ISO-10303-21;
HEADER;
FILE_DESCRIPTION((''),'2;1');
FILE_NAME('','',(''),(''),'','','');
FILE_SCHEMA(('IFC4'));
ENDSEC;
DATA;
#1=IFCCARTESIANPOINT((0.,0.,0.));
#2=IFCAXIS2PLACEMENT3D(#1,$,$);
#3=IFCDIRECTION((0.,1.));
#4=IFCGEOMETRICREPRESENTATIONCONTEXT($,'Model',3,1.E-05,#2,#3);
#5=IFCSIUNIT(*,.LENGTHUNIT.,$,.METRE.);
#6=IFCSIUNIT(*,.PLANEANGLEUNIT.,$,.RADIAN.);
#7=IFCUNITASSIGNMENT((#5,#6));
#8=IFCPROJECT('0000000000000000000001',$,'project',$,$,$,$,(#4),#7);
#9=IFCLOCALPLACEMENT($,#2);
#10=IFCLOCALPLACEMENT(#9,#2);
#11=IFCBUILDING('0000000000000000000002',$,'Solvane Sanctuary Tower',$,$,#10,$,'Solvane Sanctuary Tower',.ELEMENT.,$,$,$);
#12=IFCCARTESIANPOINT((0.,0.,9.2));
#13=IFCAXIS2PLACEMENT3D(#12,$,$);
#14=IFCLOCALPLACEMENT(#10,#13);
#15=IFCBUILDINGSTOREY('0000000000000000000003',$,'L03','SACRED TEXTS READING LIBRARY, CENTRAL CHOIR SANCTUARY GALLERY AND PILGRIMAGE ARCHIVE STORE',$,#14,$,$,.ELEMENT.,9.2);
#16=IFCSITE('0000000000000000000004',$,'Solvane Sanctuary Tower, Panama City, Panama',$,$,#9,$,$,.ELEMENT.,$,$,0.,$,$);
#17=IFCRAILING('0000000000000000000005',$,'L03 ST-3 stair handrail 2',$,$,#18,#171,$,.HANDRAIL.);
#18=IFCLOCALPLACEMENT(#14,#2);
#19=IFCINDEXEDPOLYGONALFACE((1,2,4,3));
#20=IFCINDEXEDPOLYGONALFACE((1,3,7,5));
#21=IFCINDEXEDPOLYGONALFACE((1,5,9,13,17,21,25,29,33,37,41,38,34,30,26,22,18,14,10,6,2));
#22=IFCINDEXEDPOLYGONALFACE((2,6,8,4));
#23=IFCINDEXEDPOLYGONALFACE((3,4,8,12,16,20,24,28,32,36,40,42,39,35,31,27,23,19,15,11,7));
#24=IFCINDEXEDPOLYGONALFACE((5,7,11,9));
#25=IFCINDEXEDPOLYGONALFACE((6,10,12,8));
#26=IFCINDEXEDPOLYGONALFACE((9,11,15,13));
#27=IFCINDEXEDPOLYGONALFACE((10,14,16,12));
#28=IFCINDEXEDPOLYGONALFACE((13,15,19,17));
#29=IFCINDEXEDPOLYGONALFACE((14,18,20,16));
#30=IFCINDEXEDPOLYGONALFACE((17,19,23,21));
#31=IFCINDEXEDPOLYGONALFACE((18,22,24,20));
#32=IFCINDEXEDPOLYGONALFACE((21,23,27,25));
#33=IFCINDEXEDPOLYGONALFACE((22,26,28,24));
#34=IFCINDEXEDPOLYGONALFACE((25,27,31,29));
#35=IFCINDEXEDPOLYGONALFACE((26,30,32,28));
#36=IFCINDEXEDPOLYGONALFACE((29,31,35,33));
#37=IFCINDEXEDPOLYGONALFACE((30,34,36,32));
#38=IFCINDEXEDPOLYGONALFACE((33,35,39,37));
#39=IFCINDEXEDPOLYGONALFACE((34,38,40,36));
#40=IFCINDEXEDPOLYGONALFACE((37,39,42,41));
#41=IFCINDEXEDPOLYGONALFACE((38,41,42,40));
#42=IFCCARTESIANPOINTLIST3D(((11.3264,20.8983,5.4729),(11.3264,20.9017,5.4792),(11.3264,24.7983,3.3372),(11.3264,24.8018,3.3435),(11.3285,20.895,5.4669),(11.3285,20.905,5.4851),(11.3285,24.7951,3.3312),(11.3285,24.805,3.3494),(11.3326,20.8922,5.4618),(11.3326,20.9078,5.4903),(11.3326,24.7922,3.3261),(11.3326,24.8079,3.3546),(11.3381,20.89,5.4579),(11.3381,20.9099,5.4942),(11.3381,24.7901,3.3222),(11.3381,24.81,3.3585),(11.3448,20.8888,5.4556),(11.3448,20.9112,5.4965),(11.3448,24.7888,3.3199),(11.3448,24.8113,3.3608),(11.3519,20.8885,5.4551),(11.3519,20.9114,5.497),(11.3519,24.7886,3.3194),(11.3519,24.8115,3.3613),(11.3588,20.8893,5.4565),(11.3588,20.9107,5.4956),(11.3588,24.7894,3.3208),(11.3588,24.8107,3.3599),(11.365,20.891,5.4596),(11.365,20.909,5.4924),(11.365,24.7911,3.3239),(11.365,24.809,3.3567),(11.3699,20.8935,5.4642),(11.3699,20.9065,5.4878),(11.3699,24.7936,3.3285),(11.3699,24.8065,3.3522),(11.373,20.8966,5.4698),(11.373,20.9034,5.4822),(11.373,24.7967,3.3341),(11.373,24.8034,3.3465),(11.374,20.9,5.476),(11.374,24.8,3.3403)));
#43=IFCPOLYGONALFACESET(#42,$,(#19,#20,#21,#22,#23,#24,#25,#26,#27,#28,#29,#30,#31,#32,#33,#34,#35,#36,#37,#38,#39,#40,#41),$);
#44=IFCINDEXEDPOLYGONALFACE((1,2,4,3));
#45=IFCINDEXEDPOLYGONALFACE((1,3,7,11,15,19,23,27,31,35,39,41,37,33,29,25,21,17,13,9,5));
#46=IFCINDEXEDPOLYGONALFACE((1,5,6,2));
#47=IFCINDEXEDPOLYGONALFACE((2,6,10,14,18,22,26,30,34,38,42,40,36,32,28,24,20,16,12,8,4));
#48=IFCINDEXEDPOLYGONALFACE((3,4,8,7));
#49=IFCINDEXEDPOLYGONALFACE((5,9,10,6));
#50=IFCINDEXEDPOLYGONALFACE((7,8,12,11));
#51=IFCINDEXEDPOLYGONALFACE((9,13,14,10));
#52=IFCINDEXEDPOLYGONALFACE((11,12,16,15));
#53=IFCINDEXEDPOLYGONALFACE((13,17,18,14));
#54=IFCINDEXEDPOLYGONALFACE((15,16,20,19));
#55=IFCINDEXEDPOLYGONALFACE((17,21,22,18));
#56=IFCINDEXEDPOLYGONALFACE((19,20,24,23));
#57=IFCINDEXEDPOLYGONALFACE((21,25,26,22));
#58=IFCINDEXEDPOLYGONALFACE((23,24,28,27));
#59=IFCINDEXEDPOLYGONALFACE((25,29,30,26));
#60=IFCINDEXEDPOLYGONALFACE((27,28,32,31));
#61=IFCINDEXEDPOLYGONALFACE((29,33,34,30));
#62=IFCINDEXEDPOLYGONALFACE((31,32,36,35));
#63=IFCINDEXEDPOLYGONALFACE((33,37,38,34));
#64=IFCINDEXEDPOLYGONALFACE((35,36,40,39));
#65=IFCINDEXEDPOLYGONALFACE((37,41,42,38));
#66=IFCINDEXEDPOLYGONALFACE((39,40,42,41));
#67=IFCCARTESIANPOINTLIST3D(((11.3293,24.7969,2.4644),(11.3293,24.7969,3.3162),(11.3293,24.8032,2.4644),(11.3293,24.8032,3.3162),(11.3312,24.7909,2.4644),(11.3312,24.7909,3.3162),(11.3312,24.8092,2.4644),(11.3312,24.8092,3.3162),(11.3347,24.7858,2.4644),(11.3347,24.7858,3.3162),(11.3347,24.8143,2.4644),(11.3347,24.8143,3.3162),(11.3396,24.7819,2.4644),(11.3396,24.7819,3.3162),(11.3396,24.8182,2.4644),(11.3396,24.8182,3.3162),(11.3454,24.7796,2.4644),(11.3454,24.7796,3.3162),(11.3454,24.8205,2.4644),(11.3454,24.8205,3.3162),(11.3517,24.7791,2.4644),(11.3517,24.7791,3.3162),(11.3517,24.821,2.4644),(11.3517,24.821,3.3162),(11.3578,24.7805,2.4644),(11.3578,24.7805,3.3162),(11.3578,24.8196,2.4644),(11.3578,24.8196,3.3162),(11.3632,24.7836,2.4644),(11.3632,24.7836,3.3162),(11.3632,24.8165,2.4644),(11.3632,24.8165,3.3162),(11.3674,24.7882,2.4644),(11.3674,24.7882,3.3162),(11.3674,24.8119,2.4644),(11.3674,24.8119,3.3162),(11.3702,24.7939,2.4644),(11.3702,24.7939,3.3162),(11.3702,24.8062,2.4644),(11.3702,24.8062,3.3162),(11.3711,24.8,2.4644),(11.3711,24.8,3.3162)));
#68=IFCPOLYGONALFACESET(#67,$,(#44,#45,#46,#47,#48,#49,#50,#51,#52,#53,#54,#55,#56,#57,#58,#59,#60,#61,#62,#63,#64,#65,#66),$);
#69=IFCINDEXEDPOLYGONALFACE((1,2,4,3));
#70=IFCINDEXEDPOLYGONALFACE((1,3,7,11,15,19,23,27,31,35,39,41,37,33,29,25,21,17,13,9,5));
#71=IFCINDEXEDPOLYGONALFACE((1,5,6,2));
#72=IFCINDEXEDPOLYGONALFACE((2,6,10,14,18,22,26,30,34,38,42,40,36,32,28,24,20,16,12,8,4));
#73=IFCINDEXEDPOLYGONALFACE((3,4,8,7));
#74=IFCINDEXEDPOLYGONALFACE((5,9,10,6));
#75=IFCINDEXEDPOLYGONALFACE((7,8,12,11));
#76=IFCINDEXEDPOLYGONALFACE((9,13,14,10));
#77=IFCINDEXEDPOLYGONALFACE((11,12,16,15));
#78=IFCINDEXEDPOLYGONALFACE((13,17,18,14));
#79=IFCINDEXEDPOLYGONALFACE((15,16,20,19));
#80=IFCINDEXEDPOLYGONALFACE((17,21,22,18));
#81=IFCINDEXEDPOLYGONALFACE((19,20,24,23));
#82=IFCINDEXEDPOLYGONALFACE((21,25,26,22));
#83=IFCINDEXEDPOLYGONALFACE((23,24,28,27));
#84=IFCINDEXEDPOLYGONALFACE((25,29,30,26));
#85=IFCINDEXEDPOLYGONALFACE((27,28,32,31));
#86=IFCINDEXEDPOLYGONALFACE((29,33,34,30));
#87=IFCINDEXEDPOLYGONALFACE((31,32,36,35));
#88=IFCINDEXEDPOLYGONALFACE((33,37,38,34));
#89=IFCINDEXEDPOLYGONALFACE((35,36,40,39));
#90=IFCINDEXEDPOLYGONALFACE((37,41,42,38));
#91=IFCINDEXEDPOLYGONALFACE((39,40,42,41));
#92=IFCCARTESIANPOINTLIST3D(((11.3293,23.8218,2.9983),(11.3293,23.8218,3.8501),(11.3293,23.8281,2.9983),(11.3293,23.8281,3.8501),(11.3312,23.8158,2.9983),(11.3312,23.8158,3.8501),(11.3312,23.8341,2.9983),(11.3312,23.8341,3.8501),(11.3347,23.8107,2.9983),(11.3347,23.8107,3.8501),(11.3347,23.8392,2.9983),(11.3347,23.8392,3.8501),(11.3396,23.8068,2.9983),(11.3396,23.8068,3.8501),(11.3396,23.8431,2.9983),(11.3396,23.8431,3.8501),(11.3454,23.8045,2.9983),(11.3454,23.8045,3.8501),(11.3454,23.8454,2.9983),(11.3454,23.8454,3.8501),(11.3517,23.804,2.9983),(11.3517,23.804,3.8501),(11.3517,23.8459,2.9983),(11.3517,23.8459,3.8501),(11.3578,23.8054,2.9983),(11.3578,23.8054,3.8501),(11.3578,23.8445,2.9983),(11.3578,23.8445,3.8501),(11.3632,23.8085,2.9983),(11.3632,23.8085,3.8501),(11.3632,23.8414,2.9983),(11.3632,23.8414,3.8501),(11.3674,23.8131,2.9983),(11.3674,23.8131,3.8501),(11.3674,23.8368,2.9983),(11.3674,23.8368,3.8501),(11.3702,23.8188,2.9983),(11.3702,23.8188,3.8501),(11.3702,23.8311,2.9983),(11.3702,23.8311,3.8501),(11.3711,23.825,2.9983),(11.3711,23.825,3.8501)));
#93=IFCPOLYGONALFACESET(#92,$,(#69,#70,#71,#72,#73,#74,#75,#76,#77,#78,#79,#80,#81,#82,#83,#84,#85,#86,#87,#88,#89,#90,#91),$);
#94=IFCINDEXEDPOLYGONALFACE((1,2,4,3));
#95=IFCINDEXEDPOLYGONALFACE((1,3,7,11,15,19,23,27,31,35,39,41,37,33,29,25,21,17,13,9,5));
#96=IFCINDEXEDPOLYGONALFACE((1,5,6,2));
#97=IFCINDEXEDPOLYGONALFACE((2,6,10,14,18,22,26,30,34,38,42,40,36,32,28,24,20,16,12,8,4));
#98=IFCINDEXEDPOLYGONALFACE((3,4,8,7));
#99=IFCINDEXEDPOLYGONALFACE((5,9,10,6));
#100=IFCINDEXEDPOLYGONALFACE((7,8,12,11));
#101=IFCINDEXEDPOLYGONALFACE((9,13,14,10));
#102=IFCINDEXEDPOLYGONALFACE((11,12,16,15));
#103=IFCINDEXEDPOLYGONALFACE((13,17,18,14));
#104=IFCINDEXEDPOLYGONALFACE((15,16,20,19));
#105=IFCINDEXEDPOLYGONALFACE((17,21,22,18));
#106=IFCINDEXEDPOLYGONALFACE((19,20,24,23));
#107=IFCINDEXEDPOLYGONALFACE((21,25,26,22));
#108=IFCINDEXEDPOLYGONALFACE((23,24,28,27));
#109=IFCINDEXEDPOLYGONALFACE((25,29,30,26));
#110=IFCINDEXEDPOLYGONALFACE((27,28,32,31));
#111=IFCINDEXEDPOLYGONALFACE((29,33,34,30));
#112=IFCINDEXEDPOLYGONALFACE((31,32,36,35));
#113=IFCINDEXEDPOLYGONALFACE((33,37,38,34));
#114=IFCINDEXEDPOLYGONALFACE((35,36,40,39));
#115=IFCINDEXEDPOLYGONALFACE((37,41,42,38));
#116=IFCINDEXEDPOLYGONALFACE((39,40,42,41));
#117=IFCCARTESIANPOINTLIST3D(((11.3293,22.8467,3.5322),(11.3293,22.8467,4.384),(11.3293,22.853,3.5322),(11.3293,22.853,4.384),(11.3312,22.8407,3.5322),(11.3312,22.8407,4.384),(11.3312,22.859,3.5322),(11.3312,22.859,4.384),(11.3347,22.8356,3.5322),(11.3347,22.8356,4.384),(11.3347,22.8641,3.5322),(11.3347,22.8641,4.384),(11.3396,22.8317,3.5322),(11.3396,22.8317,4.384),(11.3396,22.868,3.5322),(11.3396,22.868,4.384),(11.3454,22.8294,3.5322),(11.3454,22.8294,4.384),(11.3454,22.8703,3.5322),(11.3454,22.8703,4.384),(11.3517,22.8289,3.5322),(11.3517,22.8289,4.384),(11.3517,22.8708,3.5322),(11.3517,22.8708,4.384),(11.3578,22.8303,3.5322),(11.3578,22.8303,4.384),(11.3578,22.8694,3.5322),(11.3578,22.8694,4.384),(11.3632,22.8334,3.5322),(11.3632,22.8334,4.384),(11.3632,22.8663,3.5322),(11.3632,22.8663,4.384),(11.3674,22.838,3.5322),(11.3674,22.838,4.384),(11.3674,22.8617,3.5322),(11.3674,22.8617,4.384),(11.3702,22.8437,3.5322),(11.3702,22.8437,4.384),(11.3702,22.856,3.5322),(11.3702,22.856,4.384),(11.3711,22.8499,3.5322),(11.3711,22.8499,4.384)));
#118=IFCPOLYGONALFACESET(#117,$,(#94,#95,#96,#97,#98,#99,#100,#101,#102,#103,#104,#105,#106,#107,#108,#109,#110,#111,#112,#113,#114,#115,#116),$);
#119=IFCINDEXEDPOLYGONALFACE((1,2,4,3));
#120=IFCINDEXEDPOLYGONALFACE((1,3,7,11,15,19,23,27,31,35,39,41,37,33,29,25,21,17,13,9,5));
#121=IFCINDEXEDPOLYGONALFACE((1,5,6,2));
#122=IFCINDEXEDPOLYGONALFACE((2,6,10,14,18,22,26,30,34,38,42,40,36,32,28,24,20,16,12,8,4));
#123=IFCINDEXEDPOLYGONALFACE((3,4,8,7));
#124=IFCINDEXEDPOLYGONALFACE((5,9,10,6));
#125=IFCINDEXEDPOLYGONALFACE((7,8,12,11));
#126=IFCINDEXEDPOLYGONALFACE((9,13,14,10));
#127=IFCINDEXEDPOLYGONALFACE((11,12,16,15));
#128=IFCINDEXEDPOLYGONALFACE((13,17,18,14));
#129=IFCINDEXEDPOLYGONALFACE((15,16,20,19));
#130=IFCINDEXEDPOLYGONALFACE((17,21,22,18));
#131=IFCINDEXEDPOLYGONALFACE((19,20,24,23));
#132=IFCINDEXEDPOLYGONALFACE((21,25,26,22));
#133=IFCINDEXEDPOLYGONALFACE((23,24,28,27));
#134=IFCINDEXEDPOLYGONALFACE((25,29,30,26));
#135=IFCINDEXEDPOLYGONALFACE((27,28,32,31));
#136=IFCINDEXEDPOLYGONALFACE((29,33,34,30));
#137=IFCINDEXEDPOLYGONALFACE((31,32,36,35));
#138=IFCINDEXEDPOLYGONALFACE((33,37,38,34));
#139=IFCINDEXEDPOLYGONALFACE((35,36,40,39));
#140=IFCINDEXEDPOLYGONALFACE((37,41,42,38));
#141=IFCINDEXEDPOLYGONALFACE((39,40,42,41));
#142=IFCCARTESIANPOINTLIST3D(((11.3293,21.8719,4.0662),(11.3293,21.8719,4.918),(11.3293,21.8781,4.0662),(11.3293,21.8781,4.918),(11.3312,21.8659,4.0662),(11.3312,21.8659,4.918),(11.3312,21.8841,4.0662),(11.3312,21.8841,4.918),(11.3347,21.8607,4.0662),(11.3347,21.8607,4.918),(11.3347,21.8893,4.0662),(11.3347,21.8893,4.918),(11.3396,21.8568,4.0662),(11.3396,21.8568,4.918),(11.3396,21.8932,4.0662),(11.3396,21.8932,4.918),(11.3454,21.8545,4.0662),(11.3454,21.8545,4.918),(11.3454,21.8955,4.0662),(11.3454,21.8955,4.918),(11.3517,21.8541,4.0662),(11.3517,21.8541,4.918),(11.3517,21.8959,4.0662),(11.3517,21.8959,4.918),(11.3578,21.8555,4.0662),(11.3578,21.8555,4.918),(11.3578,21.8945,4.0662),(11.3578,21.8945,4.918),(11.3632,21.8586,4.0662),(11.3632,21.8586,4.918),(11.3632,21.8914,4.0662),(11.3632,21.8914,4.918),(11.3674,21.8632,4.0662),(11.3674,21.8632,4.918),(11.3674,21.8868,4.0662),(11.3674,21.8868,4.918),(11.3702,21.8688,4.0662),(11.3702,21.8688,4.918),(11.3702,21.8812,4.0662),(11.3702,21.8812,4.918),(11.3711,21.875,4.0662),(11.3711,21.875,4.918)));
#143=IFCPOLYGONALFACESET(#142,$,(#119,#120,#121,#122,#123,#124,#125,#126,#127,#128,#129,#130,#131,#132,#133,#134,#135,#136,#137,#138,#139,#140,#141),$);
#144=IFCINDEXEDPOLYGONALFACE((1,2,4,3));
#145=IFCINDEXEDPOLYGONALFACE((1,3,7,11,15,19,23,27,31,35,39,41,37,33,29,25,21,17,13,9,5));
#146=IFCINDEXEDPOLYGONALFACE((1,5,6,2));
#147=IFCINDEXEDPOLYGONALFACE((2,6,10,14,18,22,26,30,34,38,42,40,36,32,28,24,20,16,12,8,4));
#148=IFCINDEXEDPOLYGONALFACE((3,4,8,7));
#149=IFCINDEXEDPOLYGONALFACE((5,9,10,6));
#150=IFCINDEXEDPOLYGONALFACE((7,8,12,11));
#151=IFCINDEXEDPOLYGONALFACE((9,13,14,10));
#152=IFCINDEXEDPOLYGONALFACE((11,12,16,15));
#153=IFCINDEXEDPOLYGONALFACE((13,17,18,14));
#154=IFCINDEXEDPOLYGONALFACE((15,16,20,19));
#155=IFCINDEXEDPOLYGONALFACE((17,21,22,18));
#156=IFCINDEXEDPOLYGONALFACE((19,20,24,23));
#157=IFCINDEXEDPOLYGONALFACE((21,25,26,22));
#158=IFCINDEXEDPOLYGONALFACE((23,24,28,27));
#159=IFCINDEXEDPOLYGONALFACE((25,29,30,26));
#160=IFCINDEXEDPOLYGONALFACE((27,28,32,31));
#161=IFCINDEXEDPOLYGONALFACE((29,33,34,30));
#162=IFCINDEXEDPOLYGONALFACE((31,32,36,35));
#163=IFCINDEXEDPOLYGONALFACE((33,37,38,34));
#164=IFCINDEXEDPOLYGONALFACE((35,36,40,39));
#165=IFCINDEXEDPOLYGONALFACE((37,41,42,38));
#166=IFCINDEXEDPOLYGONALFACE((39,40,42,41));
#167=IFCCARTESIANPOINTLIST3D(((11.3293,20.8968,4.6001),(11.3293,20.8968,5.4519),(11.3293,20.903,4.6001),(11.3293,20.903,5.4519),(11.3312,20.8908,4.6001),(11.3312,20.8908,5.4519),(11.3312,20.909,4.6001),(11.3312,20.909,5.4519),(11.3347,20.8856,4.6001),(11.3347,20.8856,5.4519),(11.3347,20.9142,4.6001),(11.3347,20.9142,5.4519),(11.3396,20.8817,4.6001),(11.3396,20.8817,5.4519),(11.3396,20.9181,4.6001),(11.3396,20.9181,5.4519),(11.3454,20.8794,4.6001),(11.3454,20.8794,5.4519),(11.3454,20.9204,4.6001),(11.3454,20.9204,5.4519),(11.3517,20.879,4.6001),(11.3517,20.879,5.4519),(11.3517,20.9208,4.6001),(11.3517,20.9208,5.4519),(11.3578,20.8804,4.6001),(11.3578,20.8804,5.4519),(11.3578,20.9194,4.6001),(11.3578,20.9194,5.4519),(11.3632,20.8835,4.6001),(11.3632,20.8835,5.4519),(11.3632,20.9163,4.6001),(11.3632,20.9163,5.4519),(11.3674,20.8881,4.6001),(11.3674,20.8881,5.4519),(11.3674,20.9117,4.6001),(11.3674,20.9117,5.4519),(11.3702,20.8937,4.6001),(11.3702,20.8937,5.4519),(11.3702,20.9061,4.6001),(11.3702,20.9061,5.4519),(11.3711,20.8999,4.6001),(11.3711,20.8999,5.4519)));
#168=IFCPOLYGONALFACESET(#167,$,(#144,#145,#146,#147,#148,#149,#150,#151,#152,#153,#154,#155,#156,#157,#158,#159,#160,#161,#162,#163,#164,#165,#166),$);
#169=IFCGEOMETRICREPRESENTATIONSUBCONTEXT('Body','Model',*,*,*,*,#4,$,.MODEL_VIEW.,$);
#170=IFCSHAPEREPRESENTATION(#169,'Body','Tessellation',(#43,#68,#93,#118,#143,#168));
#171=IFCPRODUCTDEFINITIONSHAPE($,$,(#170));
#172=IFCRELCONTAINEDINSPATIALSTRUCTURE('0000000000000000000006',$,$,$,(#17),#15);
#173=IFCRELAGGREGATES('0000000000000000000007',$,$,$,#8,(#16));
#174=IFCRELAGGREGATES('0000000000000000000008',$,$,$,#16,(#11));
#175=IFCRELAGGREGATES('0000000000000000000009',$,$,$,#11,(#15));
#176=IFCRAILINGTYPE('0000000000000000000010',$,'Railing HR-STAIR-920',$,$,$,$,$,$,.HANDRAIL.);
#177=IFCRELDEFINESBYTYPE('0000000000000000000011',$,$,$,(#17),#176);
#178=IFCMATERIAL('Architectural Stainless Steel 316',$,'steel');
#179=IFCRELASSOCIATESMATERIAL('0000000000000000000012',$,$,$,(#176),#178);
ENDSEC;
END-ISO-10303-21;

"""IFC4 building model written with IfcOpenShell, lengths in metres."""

from ifc_helpers import new_model, si_unit, direction, frame, origin, origin_2d, place, context, subcontext, project, spatial, circle, extrude, material, type_object, element, save


model = new_model("IFC4")

# Units and contexts
model_context = context("Model", 3, precision=1e-05, world=origin(), true_north=direction((0.0, 1.0)))
body_context = subcontext(model_context, "Body", "Model", "MODEL_VIEW")
ifc_project = project(units=[si_unit("LENGTHUNIT", "METRE"), si_unit("PLANEANGLEUNIT", "RADIAN")], contexts=[model_context])

# Site, building, storey
site_placement = place(None, origin())
site = spatial("IfcSite", under=ifc_project, at=site_placement, Name="Solvane Sanctuary Tower, Panama City, Panama", CompositionType="ELEMENT", RefElevation=0.0)
building_placement = place(site_placement, origin())
building = spatial("IfcBuilding", under=site, at=building_placement, Name="Solvane Sanctuary Tower", LongName="Solvane Sanctuary Tower", CompositionType="ELEMENT")
storey_placement = place(building_placement, frame((0.0, 0.0, 9.2)))
storey = spatial("IfcBuildingStorey", under=building, at=storey_placement, Name="L03", Description="SACRED TEXTS READING LIBRARY, CENTRAL CHOIR SANCTUARY GALLERY AND PILGRIMAGE ARCHIVE STORE", CompositionType="ELEMENT", Elevation=9.2)

# Railing
ifc_material_1 = material(Name="Architectural Stainless Steel 316", Category="steel")
railing_type_1 = type_object("IfcRailingType", Name="Railing HR-STAIR-920", PredefinedType="HANDRAIL", material=ifc_material_1)
railing_1_placement = place(storey_placement, frame((11.3501, 24.8, 2.4644)))
element("IfcRailing", 1, at=railing_1_placement, inside=storey, type_object=railing_type_1, Name="L03 ST-3 stair handrail 2", PredefinedType="HANDRAIL", context=body_context, shape_type="SweptSolid", body=[
    extrude(circle(Radius=0.0239, at=origin_2d()), frame((0.0, 0.0, 0.876), z_axis=(0.0, -0.877101, 0.480306), x_axis=(1.0, 0.0, 0.0)), (0.0, 0.0, 1.0), 4.4465),
    extrude(circle(Radius=0.021, at=origin_2d()), origin(), (0.0, 0.0, 1.0), 0.8518),
    extrude(circle(Radius=0.021, at=origin_2d()), frame((0.0, -0.9751, 0.5339)), (0.0, 0.0, 1.0), 0.8518),
    extrude(circle(Radius=0.021, at=origin_2d()), frame((0.0, -1.9502, 1.0679)), (0.0, 0.0, 1.0), 0.8518),
    extrude(circle(Radius=0.021, at=origin_2d()), frame((0.0, -2.925, 1.6018)), (0.0, 0.0, 1.0), 0.8518),
    extrude(circle(Radius=0.021, at=origin_2d()), frame((0.0, -3.9001, 2.1357)), (0.0, 0.0, 1.0), 0.8518),
])

save(model, "model.ifc")
